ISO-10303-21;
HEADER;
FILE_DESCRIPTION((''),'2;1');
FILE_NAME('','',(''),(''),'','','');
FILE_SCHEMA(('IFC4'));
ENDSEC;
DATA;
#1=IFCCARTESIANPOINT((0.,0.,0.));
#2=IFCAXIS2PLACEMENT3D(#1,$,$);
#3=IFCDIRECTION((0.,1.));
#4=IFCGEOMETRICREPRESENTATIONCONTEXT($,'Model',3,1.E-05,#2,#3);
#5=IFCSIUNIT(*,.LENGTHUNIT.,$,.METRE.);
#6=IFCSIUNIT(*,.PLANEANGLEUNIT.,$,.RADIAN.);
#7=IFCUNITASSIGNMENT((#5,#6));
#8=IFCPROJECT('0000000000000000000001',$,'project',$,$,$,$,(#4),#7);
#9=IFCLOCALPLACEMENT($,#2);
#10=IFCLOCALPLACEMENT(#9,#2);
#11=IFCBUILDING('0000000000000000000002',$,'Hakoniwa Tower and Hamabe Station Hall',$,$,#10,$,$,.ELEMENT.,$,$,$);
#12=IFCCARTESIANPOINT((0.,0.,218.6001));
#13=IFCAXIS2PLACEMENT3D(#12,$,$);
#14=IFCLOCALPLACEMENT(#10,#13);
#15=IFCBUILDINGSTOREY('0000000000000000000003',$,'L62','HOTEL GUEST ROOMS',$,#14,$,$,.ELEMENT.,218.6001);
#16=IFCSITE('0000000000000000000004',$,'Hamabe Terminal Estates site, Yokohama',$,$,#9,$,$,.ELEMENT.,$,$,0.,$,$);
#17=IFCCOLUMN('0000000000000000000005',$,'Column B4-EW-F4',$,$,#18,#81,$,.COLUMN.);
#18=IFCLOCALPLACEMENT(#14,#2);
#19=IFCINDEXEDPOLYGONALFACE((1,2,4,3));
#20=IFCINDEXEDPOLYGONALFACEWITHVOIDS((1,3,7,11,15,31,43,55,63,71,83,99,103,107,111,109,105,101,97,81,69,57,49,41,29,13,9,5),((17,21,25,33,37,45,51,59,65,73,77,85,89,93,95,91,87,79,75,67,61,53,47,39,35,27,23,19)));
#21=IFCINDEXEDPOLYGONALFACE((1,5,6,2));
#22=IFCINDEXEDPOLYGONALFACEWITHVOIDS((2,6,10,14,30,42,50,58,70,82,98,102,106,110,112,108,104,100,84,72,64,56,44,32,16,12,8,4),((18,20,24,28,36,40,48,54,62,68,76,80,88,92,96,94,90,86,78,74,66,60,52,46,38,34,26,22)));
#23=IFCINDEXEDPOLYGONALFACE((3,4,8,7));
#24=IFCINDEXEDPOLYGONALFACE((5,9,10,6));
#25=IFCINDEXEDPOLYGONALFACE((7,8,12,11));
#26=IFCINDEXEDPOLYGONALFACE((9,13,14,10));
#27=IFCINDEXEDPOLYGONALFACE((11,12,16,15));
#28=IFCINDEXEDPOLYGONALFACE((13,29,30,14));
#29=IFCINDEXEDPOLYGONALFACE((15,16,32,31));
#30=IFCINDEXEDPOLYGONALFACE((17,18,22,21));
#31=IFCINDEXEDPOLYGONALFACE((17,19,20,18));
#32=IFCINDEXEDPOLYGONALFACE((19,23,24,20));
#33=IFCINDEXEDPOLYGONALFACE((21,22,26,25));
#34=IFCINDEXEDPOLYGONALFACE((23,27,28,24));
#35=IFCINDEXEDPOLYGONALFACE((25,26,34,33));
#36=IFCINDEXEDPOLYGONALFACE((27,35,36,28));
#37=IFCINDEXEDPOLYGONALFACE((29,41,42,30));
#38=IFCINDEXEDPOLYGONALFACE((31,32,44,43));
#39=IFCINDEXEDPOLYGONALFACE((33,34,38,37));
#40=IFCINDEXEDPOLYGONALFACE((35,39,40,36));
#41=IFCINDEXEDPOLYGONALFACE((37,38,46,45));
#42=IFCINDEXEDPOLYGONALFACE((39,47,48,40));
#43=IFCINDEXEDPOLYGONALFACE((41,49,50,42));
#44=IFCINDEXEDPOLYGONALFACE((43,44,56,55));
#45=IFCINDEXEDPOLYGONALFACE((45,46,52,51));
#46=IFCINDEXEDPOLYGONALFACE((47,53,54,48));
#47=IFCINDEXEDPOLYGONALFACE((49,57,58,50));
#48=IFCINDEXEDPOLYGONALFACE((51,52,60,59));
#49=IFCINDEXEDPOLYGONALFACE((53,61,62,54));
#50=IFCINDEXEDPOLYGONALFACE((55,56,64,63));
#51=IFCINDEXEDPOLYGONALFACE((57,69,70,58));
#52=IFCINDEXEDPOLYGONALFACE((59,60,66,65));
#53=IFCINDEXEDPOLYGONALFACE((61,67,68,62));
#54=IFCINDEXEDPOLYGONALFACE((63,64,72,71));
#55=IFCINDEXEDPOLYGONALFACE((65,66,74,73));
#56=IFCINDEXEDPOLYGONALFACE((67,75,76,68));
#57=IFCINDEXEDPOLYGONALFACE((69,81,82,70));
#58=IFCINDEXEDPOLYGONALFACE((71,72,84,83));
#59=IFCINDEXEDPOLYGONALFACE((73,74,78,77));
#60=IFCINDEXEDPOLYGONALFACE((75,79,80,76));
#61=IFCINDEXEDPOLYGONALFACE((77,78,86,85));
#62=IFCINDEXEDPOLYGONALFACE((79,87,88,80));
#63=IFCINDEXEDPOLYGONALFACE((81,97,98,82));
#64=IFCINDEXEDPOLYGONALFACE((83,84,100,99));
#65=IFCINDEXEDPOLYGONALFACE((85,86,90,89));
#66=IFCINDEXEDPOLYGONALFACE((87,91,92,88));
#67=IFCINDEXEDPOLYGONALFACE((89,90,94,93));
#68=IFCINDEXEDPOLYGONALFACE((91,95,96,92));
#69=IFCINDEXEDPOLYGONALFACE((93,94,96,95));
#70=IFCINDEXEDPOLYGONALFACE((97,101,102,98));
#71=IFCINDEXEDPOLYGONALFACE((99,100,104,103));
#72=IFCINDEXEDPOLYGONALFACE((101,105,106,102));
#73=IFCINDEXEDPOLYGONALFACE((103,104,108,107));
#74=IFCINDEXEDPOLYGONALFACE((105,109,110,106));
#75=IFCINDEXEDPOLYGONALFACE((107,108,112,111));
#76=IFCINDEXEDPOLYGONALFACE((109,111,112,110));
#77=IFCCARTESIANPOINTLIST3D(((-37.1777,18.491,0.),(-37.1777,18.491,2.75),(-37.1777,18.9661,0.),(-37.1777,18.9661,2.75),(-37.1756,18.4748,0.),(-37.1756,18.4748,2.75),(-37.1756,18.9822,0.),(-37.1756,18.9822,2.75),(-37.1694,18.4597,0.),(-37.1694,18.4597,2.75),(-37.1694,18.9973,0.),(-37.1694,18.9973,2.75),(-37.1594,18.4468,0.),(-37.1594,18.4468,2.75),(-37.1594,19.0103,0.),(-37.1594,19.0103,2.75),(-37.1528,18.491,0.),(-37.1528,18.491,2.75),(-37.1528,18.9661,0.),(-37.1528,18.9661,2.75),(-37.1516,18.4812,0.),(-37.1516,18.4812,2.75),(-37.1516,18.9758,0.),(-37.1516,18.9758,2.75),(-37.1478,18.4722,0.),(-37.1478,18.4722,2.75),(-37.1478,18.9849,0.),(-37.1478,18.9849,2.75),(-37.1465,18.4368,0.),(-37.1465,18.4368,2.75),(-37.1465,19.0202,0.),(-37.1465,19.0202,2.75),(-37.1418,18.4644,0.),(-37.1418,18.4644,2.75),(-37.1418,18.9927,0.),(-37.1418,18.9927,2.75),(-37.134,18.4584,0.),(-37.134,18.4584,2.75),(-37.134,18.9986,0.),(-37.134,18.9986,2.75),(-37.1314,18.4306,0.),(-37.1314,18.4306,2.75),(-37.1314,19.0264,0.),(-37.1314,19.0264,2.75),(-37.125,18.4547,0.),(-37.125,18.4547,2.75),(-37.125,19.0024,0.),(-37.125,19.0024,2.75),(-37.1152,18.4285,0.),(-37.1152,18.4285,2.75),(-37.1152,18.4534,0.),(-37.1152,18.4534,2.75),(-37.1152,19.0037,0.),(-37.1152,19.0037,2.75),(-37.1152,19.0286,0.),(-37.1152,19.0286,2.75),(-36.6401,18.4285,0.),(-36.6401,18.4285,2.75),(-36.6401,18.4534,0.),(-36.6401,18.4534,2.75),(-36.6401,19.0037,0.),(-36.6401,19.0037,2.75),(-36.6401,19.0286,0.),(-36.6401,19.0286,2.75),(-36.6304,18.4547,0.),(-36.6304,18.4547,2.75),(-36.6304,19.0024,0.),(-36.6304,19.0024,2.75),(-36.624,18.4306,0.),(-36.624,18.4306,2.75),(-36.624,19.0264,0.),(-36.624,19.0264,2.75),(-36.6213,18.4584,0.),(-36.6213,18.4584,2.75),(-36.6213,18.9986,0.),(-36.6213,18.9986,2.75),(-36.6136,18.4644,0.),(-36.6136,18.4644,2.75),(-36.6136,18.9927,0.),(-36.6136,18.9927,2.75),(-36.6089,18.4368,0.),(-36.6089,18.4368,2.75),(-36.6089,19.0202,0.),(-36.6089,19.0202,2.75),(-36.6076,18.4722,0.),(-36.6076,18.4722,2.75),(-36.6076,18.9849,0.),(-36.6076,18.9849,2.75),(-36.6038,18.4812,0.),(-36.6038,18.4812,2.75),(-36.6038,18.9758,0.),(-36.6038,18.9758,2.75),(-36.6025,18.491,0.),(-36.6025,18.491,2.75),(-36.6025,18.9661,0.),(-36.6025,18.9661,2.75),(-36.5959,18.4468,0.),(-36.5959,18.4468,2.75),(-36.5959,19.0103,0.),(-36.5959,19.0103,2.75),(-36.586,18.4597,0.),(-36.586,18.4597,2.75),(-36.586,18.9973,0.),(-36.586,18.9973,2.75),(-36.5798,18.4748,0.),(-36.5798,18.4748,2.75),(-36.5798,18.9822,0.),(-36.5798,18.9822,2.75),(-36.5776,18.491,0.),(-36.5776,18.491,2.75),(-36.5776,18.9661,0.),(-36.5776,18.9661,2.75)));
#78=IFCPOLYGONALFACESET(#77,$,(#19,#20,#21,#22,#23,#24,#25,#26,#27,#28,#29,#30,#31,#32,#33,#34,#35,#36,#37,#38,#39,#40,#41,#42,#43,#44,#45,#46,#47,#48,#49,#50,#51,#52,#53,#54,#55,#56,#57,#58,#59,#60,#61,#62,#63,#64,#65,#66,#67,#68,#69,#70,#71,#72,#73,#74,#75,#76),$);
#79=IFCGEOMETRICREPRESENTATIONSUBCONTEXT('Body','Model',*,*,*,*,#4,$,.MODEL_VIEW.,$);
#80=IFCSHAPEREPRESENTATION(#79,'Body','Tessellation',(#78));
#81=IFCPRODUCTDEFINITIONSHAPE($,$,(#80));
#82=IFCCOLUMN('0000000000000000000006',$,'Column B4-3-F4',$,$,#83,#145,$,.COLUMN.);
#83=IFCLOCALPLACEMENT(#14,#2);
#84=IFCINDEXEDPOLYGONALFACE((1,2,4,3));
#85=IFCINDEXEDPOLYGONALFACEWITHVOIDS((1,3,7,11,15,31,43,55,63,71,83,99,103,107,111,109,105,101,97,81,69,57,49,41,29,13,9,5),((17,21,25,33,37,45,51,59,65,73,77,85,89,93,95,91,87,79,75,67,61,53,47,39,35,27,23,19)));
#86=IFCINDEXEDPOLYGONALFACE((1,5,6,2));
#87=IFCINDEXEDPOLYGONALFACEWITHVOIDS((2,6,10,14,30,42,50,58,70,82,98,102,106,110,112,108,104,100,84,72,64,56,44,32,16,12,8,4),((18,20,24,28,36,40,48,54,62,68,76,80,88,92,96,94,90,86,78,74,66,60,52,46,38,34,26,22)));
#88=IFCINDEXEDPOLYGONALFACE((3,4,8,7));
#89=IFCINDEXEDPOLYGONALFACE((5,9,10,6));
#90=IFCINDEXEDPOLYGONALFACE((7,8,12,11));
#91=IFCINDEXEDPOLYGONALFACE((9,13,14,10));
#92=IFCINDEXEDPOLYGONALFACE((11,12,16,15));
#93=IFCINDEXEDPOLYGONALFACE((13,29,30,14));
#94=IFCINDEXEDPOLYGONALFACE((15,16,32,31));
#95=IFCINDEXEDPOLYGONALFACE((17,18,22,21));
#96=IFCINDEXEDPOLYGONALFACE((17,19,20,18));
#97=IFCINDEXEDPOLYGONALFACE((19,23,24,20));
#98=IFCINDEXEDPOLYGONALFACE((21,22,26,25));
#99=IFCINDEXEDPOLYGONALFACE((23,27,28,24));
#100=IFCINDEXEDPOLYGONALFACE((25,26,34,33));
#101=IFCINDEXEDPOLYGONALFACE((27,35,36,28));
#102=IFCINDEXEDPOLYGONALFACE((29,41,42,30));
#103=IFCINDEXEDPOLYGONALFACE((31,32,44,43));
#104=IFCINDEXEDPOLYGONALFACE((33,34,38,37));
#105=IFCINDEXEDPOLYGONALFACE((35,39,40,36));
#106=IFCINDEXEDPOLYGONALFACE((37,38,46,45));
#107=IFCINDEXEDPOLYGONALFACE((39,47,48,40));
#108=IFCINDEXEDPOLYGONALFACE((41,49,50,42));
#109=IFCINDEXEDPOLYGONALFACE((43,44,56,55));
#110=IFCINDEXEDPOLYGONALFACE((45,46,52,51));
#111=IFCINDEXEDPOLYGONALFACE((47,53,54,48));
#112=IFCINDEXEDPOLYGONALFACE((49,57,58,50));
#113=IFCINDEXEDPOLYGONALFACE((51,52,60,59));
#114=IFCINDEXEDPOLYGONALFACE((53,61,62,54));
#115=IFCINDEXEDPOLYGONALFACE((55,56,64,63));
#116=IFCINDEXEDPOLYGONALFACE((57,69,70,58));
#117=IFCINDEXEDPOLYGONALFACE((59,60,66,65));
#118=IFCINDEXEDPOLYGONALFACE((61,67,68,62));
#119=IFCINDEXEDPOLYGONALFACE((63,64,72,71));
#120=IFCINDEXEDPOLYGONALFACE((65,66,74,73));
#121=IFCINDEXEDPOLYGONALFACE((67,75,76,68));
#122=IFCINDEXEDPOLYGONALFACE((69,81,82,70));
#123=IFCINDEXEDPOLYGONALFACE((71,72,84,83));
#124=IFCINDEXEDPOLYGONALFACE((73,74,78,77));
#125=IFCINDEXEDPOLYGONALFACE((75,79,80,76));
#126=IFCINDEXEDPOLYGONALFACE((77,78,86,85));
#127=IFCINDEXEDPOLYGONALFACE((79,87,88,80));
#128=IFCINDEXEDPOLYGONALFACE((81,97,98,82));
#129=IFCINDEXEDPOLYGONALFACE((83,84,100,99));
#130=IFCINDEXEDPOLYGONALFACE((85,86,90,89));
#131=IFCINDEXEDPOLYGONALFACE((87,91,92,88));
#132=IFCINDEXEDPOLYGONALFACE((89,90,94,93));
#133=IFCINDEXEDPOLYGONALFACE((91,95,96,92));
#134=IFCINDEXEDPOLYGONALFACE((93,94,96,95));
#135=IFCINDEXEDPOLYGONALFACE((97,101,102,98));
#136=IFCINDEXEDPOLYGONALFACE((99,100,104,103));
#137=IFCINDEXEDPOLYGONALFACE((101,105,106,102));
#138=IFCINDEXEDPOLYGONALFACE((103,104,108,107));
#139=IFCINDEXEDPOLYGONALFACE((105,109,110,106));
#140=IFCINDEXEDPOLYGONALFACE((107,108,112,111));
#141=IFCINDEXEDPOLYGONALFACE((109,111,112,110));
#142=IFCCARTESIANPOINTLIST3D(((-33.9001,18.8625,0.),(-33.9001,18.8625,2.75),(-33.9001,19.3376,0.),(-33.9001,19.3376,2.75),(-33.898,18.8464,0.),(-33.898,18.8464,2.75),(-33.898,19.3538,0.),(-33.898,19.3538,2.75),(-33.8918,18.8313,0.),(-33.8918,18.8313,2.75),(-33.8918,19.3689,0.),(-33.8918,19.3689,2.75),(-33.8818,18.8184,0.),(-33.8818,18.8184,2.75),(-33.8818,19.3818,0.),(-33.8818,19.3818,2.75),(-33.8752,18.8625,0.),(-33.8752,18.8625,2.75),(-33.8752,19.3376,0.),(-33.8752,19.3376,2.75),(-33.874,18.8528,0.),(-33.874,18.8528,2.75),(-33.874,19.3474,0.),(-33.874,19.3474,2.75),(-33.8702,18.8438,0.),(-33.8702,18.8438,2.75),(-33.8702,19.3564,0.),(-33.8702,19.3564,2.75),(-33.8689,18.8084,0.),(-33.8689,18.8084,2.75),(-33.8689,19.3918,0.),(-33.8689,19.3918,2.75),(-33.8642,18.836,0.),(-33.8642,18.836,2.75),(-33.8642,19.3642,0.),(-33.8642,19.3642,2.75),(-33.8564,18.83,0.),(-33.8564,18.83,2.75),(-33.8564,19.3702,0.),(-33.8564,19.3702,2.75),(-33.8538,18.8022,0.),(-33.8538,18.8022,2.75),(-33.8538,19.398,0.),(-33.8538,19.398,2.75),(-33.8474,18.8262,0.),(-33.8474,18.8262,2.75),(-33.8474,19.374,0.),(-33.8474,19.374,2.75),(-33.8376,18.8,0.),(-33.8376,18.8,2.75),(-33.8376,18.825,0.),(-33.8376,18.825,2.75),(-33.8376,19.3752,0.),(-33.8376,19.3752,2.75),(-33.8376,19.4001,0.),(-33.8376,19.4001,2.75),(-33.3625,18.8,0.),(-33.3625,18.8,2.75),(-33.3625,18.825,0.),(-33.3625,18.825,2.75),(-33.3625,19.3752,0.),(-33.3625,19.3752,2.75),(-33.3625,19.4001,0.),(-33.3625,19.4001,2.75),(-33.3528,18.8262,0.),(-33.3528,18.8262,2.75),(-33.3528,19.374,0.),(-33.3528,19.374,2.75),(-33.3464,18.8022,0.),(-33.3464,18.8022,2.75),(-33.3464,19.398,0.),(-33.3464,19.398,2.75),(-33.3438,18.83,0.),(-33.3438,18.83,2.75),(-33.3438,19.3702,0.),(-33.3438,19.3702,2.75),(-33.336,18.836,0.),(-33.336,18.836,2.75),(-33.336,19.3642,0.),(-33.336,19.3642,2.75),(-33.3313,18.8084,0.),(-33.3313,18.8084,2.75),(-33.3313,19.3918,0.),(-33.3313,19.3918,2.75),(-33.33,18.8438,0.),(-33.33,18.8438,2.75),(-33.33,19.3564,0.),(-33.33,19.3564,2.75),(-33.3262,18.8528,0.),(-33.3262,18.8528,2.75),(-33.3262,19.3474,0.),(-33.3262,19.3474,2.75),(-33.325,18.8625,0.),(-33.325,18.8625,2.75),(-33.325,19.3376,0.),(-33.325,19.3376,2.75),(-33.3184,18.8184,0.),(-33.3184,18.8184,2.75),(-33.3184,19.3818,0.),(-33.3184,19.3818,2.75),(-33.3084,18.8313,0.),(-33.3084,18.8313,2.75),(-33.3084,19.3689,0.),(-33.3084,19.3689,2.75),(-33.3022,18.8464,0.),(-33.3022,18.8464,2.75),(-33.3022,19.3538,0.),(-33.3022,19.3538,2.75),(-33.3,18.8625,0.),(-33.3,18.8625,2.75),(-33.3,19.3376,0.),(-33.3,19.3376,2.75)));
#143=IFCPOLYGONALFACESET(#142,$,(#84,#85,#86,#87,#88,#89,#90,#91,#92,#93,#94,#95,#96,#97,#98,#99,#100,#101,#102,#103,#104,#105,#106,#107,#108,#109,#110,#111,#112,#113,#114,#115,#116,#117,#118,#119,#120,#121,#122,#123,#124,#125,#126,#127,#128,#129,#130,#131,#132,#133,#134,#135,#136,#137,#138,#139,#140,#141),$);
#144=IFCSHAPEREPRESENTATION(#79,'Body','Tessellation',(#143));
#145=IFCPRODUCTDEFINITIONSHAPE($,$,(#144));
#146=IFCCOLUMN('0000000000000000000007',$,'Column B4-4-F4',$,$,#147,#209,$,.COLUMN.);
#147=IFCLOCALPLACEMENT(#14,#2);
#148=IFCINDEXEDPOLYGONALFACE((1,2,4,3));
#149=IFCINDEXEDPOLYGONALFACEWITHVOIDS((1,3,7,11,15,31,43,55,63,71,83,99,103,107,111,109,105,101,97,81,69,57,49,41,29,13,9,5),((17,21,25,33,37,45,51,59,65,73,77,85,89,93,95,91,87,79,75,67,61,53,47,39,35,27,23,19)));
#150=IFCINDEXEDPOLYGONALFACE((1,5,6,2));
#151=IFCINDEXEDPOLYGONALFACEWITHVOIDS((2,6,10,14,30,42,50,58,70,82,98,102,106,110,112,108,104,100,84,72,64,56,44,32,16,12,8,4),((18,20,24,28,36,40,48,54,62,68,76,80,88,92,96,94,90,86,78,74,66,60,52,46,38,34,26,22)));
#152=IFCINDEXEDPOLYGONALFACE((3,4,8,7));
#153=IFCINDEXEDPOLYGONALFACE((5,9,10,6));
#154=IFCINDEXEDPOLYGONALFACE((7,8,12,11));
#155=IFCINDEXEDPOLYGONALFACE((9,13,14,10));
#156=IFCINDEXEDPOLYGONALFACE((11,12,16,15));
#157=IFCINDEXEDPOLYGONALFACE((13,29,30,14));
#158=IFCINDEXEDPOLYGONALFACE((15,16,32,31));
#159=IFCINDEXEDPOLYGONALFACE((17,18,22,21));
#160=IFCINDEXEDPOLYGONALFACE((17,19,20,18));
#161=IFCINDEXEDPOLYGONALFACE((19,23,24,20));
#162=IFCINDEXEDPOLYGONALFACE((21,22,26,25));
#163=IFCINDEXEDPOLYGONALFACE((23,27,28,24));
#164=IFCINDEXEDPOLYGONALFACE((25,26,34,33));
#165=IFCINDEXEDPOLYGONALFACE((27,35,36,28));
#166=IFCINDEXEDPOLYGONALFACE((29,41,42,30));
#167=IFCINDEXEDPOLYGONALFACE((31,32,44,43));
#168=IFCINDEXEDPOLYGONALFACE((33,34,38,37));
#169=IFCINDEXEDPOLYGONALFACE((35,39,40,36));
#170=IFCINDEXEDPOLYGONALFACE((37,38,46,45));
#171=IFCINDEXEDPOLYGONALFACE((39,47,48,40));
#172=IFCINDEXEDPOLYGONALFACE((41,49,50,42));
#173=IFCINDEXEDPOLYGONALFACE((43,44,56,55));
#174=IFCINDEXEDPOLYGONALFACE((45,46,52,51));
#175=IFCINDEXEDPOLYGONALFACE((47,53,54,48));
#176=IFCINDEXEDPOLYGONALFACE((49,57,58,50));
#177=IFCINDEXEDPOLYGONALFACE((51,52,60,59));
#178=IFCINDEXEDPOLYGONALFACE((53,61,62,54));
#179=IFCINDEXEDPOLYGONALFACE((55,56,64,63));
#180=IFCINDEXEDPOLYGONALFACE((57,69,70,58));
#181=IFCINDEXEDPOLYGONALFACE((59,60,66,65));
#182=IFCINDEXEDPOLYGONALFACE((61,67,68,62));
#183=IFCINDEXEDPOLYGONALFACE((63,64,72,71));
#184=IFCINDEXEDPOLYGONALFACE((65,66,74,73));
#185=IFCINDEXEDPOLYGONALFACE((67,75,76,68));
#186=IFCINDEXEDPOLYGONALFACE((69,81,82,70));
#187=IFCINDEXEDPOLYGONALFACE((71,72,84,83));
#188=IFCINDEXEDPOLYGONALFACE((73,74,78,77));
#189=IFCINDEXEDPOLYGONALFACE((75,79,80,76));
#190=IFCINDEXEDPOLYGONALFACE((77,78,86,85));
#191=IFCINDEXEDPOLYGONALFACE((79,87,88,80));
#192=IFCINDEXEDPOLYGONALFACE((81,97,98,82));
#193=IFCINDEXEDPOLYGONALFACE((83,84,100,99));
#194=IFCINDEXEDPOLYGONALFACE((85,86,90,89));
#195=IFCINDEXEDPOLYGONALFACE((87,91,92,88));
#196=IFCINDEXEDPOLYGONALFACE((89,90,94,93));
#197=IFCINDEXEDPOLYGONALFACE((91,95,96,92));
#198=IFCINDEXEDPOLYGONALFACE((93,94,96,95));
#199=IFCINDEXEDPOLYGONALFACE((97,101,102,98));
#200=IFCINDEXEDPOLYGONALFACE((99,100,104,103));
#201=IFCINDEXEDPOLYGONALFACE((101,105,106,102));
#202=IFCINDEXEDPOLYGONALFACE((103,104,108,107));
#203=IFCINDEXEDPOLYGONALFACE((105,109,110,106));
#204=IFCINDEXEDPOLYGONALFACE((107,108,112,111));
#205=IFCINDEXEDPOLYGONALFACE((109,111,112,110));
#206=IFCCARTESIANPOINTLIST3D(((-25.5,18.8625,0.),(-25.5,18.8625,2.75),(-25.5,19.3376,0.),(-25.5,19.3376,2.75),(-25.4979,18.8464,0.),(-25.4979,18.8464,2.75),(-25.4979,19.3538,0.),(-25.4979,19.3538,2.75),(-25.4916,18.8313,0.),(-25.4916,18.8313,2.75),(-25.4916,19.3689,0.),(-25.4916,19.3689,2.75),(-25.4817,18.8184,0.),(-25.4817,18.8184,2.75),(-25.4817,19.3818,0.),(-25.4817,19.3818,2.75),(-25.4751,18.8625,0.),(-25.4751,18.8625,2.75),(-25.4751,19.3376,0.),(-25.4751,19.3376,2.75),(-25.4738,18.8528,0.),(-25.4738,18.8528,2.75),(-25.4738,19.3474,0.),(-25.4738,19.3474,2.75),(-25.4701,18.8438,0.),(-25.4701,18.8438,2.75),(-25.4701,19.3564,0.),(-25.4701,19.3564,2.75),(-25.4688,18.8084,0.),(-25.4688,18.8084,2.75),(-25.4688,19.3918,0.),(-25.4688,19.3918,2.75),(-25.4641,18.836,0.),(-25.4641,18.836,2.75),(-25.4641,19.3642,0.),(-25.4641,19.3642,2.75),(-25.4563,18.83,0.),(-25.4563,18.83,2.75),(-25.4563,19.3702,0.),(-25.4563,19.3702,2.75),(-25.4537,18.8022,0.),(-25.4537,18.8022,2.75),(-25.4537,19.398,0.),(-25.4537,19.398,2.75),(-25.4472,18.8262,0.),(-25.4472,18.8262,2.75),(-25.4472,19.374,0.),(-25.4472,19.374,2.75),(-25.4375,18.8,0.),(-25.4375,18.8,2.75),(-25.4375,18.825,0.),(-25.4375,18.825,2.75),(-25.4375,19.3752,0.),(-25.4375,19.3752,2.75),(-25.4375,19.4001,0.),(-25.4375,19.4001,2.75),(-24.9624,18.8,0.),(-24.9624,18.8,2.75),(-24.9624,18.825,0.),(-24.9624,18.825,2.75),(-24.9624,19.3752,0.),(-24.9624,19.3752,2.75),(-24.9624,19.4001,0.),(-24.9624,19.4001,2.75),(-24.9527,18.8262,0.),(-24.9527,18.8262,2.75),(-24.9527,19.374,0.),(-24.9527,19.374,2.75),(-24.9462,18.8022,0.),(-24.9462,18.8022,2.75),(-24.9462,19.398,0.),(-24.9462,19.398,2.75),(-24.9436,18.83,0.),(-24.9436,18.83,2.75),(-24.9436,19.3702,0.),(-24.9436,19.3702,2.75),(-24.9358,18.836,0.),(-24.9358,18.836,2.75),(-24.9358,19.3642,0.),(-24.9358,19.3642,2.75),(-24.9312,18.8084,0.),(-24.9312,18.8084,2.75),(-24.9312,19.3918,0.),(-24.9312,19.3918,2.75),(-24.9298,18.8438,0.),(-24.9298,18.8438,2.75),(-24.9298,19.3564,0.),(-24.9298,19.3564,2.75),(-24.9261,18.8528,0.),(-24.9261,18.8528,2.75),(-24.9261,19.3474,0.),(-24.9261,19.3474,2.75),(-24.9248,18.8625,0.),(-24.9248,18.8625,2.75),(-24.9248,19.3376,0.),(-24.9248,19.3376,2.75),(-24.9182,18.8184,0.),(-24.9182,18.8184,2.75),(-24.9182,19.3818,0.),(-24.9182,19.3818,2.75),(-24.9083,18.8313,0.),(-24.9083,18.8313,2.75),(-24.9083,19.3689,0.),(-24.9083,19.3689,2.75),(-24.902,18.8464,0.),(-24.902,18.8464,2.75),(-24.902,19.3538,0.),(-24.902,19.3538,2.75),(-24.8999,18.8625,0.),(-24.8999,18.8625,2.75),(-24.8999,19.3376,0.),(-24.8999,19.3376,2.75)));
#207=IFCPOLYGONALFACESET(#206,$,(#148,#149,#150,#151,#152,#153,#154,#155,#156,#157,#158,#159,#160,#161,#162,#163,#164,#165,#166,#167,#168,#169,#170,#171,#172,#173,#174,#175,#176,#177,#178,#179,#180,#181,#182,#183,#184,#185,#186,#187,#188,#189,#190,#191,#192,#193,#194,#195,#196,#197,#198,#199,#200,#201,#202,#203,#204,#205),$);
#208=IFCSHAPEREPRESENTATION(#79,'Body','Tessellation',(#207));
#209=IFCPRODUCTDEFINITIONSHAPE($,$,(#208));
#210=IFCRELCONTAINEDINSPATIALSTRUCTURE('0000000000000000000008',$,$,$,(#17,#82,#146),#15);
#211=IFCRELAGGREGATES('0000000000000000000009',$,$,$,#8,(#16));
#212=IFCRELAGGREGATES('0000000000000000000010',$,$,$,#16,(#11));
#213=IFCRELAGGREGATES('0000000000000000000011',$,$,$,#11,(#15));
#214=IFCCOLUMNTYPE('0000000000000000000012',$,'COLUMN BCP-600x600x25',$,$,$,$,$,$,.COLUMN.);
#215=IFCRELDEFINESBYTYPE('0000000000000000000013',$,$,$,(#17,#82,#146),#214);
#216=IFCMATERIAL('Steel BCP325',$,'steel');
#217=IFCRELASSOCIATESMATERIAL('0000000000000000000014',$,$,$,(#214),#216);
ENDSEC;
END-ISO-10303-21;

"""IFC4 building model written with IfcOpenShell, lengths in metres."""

from ifc_helpers import new_model, si_unit, direction, frame, origin, origin_2d, place, context, subcontext, project, spatial, hollow_rectangle, extrude, material, material_profile, profile_set, type_object, element, save


model = new_model("IFC4")

# Units and contexts
model_context = context("Model", 3, precision=1e-05, world=origin(), true_north=direction((0.0, 1.0)))
body_context = subcontext(model_context, "Body", "Model", "MODEL_VIEW")
ifc_project = project(units=[si_unit("LENGTHUNIT", "METRE"), si_unit("PLANEANGLEUNIT", "RADIAN")], contexts=[model_context])

# Site, building, storey
site_placement = place(None, origin())
site = spatial("IfcSite", under=ifc_project, at=site_placement, Name="Hamabe Terminal Estates site, Yokohama", CompositionType="ELEMENT", RefElevation=0.0)
building_placement = place(site_placement, origin())
building = spatial("IfcBuilding", under=site, at=building_placement, Name="Hakoniwa Tower and Hamabe Station Hall", CompositionType="ELEMENT")
storey_placement = place(building_placement, frame((0.0, 0.0, 218.6001)))
storey = spatial("IfcBuildingStorey", under=building, at=storey_placement, Name="L62", Description="HOTEL GUEST ROOMS", CompositionType="ELEMENT", Elevation=218.6001)

# Columns
ifc_material_1 = material(Name="Steel BCP325", Category="steel")
ifc_material_profile_1 = material_profile(ifc_material_1, hollow_rectangle(XDim=0.6001, YDim=0.6001, WallThickness=0.0249, InnerFilletRadius=0.0376, OuterFilletRadius=0.0625, at=origin_2d()), Name="BCP-600x600x25")
ifc_profile_set_1 = profile_set([ifc_material_profile_1], Name="Steel BCP325")
column_type = type_object("IfcColumnType", Name="COLUMN BCP-600x600x25", PredefinedType="COLUMN", material=ifc_profile_set_1)
for number, where, z_axis, x_axis, name in (
    (1, (-36.8777, 18.7285, 0.0), (0.0, 0.0, 1.0), (1.0, 0.0, 0.0), "Column B4-EW-F4"),
    (2, (-33.6001, 19.1001, 0.0), (0.0, 0.0, 1.0), (1.0, 0.0, 0.0), "Column B4-3-F4"),
    (3, (-25.2, 19.1001, 0.0), (0.0, 0.0, 1.0), (1.0, 0.0, 0.0), "Column B4-4-F4"),
):
    element("IfcColumn", number, at=place(storey_placement, frame(where, z_axis=z_axis, x_axis=x_axis)), inside=storey, type_object=column_type, Name=name, PredefinedType="COLUMN", context=body_context, shape_type="SweptSolid", body=[
        extrude(hollow_rectangle(XDim=0.6001, YDim=0.6001, WallThickness=0.0249, InnerFilletRadius=0.0376, OuterFilletRadius=0.0625, at=origin_2d()), origin(), (0.0, 0.0, 1.0), 2.75),
    ])

save(model, "model.ifc")
